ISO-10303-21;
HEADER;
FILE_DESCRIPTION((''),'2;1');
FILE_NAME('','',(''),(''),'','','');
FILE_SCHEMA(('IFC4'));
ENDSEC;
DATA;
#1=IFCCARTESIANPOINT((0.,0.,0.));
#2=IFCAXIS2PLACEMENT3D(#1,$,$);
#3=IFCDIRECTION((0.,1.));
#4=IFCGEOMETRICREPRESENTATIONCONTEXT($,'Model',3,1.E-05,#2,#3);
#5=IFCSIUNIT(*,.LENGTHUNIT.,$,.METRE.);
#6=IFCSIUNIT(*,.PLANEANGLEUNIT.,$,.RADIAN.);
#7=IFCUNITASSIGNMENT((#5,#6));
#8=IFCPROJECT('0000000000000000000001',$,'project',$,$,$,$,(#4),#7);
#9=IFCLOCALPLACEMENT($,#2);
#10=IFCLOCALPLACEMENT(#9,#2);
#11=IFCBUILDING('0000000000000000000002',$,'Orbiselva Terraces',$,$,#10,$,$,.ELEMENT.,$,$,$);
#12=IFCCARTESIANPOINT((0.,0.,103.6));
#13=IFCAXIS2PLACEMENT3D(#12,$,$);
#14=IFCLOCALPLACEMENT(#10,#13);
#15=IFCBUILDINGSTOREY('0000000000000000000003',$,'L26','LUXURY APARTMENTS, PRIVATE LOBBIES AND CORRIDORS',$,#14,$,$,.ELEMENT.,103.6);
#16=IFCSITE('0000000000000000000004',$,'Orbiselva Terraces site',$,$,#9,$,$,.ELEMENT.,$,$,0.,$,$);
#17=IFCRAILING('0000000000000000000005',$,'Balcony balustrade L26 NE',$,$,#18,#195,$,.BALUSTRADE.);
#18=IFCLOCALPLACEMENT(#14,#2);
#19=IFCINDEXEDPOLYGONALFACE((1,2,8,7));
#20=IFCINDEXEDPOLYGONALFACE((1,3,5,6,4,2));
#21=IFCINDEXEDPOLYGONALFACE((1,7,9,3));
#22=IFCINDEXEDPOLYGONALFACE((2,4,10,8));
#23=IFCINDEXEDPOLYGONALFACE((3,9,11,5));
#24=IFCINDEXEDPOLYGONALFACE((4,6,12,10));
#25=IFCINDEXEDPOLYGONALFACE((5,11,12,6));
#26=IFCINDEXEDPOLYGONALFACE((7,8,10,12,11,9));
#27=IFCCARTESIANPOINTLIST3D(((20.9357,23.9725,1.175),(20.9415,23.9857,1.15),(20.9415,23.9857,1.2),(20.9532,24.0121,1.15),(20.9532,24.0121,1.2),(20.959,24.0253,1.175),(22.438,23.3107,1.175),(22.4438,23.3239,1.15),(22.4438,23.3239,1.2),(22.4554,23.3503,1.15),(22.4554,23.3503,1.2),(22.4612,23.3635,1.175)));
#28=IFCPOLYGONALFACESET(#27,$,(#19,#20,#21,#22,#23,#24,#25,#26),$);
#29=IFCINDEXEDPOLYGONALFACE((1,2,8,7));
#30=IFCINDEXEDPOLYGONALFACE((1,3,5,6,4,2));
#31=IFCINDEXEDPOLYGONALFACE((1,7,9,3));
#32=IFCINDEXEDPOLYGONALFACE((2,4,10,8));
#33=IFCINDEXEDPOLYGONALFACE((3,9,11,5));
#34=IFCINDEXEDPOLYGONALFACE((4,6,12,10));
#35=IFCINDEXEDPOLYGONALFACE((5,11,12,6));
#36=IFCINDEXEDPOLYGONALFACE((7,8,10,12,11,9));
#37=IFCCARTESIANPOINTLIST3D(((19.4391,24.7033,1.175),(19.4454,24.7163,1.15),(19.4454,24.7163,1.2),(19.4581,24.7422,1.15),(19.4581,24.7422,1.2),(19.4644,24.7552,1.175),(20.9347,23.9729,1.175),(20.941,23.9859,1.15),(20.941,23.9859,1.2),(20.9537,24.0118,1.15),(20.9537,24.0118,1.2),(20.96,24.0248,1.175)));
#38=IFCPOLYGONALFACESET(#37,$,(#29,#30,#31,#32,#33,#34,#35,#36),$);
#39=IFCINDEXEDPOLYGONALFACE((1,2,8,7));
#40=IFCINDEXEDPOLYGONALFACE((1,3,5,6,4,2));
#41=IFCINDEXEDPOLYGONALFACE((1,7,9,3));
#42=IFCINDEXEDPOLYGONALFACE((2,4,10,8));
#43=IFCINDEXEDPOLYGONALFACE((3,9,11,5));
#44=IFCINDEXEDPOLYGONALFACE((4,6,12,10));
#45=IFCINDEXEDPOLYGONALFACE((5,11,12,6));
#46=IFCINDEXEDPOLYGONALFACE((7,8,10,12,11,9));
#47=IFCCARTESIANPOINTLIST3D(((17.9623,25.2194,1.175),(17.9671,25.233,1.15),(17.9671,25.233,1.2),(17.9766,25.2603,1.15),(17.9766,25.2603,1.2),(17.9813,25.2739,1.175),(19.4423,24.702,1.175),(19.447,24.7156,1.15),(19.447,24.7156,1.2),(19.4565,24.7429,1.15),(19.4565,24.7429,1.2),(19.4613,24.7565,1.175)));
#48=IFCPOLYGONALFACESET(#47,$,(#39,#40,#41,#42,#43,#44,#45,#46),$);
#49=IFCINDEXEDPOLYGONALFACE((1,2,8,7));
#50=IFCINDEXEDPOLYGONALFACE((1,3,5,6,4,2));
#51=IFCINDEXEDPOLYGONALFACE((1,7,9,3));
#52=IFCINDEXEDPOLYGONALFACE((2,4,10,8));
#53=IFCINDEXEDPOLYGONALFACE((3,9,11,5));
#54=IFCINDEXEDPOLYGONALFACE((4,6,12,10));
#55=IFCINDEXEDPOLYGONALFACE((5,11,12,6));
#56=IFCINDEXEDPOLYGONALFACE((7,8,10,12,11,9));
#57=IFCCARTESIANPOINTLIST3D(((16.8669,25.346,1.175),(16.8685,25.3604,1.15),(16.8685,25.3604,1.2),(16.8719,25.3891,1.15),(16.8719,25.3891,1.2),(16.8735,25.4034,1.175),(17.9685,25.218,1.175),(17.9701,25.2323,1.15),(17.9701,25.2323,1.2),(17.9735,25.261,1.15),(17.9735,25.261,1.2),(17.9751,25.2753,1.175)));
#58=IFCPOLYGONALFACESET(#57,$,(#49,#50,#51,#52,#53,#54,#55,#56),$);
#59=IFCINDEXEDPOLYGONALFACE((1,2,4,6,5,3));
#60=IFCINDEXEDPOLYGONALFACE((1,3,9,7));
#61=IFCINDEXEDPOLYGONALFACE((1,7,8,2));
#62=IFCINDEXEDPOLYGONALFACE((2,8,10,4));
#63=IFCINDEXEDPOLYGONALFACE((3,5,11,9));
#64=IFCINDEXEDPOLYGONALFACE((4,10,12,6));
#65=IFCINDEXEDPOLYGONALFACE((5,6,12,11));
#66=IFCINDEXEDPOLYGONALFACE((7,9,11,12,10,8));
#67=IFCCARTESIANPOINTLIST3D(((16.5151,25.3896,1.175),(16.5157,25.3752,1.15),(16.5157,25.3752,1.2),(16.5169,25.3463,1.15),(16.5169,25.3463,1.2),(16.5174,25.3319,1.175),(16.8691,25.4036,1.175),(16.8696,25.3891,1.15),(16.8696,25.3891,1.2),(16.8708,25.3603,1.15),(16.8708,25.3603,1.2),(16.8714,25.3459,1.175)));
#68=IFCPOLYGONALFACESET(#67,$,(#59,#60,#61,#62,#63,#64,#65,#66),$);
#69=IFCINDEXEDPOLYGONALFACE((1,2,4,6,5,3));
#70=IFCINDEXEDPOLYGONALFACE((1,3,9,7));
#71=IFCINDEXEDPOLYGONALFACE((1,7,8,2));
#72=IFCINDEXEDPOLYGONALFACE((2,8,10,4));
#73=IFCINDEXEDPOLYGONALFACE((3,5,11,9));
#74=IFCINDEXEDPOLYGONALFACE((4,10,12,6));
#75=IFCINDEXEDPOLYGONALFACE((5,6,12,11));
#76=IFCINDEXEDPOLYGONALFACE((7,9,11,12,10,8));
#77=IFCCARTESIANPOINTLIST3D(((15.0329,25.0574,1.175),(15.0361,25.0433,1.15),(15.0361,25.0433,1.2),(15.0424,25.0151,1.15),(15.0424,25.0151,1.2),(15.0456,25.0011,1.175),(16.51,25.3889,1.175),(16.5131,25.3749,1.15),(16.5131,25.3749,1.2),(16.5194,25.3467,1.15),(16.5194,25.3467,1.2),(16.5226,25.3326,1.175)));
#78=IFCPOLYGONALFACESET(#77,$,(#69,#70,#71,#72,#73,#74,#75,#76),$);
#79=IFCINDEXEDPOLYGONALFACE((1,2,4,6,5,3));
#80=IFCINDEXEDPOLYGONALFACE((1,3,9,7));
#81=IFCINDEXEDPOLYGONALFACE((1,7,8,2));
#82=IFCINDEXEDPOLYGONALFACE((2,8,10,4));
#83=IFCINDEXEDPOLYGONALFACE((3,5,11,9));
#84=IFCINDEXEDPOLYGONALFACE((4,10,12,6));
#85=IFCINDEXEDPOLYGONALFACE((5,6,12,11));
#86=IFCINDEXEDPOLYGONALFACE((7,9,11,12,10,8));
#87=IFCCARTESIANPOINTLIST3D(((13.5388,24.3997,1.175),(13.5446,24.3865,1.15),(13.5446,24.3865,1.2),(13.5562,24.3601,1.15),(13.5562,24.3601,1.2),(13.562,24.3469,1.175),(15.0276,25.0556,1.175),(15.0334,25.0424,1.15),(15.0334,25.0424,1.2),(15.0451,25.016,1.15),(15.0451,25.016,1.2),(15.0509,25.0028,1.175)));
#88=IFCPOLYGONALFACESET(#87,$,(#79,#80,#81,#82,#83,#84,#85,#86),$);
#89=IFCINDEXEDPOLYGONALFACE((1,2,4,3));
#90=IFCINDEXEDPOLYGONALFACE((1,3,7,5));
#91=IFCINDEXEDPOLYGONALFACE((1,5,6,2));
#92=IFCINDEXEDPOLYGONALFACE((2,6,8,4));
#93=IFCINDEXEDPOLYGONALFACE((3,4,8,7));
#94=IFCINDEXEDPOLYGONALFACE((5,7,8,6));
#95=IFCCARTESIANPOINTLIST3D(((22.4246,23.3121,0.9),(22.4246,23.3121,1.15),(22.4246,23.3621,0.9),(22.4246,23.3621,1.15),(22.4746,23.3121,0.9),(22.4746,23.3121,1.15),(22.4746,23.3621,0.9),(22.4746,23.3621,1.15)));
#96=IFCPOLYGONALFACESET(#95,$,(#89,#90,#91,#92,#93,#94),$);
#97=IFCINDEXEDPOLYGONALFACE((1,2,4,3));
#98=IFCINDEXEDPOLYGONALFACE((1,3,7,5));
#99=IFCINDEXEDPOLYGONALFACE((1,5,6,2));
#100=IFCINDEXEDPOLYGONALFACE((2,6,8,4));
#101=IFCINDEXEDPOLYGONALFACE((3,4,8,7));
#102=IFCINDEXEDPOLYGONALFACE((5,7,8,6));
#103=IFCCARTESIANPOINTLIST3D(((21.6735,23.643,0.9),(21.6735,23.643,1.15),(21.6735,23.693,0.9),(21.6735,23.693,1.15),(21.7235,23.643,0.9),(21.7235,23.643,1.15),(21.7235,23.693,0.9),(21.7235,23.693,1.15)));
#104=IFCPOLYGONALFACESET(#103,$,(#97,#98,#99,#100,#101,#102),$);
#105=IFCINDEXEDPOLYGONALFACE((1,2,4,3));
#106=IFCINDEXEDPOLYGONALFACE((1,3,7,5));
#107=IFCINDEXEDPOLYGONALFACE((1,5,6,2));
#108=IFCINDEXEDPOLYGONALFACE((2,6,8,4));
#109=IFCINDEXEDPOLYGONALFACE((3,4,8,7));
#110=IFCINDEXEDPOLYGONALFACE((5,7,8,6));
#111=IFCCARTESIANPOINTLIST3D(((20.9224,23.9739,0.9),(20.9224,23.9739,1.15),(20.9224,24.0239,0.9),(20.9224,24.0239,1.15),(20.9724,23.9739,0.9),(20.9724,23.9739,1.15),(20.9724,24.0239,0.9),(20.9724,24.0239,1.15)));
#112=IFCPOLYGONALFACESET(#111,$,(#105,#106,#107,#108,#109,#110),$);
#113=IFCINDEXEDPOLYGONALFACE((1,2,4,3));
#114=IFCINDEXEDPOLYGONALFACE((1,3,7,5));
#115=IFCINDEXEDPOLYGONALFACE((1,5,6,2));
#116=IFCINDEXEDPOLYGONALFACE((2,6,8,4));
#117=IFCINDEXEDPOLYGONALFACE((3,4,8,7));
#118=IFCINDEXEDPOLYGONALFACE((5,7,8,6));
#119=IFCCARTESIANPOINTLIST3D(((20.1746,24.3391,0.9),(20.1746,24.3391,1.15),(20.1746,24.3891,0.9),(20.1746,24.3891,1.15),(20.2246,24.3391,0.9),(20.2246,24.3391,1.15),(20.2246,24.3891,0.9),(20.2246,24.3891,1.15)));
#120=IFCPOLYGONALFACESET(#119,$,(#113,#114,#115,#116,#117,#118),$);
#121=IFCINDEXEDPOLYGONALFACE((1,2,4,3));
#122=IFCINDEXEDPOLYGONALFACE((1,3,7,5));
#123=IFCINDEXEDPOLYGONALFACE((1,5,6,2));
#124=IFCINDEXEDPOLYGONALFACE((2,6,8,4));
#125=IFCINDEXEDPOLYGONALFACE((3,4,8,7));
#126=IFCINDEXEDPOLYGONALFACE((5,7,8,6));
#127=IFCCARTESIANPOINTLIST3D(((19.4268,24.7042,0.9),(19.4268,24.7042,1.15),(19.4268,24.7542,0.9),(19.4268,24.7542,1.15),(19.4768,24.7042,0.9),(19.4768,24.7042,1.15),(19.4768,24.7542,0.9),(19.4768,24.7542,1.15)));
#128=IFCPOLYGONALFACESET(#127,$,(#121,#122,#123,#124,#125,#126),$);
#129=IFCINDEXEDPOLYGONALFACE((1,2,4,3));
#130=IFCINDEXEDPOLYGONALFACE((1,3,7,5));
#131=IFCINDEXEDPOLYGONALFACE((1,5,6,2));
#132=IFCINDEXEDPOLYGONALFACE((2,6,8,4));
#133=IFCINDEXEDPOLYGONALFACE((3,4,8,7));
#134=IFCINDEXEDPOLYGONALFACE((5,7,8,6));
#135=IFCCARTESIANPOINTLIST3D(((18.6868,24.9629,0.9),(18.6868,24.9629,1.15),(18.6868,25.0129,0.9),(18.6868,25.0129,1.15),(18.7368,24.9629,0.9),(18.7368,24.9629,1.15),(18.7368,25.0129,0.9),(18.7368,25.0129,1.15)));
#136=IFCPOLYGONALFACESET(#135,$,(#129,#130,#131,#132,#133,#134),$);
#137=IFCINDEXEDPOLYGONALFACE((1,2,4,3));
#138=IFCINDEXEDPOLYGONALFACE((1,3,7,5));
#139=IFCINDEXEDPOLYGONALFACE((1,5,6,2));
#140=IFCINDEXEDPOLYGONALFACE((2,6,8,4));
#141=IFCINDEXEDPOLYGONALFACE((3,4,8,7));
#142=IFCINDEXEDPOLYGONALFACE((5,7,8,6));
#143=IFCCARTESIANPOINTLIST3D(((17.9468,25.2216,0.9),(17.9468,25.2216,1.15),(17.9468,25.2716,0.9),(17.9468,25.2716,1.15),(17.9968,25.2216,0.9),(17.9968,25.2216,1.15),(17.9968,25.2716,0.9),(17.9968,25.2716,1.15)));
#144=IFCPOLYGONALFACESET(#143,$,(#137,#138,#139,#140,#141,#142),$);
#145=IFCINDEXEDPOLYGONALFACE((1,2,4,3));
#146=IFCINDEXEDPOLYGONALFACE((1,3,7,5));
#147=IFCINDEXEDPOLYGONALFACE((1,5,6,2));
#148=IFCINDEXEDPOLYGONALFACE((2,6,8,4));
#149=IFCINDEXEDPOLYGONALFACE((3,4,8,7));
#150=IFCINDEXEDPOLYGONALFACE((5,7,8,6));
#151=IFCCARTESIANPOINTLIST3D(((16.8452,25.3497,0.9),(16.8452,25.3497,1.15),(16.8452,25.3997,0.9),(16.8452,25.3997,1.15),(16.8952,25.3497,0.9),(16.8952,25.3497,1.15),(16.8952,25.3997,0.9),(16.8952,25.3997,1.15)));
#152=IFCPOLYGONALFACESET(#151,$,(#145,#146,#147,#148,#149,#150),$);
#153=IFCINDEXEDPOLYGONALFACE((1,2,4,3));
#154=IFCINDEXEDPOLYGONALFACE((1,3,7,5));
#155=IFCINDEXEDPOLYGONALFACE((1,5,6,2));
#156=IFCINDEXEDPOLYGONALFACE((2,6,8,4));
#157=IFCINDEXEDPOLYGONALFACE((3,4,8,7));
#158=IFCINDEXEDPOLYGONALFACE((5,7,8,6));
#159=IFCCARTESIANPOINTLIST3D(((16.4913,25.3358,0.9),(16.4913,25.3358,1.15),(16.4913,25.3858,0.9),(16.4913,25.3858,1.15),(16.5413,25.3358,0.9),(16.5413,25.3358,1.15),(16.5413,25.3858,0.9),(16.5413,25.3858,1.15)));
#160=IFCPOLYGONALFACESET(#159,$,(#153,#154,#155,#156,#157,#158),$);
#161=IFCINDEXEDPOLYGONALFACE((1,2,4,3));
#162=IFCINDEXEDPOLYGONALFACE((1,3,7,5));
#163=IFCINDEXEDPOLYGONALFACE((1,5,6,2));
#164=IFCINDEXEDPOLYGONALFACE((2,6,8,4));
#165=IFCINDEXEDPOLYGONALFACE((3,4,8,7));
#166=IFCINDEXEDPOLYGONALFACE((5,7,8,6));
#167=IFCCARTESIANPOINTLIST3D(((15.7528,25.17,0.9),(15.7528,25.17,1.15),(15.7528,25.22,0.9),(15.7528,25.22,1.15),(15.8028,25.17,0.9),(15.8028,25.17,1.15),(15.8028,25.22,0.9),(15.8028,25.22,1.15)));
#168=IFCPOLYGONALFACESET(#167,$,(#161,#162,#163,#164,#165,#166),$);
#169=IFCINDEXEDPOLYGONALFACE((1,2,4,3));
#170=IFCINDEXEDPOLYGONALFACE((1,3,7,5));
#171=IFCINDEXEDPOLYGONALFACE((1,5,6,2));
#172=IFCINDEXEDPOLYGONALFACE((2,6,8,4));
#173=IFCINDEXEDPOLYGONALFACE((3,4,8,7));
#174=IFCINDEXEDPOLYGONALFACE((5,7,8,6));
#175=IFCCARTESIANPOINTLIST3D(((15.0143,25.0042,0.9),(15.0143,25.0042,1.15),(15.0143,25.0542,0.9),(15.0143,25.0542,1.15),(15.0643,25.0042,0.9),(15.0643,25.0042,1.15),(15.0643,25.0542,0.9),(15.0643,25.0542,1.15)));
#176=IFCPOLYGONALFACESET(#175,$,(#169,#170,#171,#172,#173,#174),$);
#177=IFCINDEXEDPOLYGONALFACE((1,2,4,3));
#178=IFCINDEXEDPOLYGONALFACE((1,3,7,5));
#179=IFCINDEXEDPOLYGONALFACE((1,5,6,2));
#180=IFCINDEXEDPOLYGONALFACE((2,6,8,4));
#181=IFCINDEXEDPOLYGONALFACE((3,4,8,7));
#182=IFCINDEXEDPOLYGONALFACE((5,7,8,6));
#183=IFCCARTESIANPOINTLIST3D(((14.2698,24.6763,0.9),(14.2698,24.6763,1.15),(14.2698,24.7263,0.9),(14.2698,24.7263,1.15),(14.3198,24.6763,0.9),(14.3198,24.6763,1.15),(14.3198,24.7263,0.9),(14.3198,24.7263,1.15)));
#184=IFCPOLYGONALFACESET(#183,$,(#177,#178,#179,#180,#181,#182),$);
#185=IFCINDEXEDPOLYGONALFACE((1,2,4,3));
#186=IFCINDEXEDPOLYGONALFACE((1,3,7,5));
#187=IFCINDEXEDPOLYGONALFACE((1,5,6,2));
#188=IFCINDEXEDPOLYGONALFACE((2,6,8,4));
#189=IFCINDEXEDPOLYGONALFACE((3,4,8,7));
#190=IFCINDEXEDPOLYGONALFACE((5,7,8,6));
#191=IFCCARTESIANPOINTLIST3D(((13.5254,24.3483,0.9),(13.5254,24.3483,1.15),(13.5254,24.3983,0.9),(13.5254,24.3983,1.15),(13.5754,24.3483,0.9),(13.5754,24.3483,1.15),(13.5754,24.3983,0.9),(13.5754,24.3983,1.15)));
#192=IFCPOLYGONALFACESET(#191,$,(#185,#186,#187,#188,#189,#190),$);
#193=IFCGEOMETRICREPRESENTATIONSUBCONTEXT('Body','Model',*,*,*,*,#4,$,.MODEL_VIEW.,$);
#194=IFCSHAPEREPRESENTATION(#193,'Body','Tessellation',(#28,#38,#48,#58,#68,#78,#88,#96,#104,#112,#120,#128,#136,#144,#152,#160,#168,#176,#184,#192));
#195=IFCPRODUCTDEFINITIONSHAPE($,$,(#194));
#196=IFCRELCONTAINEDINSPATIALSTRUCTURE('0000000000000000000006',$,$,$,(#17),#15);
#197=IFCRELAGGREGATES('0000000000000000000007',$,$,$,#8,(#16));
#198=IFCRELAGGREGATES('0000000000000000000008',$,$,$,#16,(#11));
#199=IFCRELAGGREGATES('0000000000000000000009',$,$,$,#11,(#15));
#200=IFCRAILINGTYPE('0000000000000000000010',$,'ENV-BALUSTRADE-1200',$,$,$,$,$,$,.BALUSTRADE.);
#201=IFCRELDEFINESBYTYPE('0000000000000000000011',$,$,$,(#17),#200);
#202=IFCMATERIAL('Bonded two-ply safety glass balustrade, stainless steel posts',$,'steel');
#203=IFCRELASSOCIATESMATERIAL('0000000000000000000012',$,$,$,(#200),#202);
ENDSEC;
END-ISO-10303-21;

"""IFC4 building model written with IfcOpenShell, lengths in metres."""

from ifc_helpers import new_model, si_unit, direction, frame, origin, origin_2d, place, context, subcontext, project, spatial, polyline, rectangle, outline, extrude, material, type_object, element, save


model = new_model("IFC4")

# Units and contexts
model_context = context("Model", 3, precision=1e-05, world=origin(), true_north=direction((0.0, 1.0)))
body_context = subcontext(model_context, "Body", "Model", "MODEL_VIEW")
ifc_project = project(units=[si_unit("LENGTHUNIT", "METRE"), si_unit("PLANEANGLEUNIT", "RADIAN")], contexts=[model_context])

# Site, building, storey
site_placement = place(None, origin())
site = spatial("IfcSite", under=ifc_project, at=site_placement, Name="Orbiselva Terraces site", CompositionType="ELEMENT", RefElevation=0.0)
building_placement = place(site_placement, origin())
building = spatial("IfcBuilding", under=site, at=building_placement, Name="Orbiselva Terraces", CompositionType="ELEMENT")
storey_placement = place(building_placement, frame((0.0, 0.0, 103.6)))
storey = spatial("IfcBuildingStorey", under=building, at=storey_placement, Name="L26", Description="LUXURY APARTMENTS, PRIVATE LOBBIES AND CORRIDORS", CompositionType="ELEMENT", Elevation=103.6)

# Railing
ifc_material_1 = material(Name="Bonded two-ply safety glass balustrade, stainless steel posts", Category="steel")
railing_type_1 = type_object("IfcRailingType", Name="ENV-BALUSTRADE-1200", PredefinedType="BALUSTRADE", material=ifc_material_1)
railing_1_placement = place(storey_placement, frame((22.4496, 23.3371, 0.9)))
element("IfcRailing", 1, at=railing_1_placement, inside=storey, type_object=railing_type_1, Name="Balcony balustrade L26 NE", PredefinedType="BALUSTRADE", context=body_context, shape_type="SweptSolid", body=[
    extrude(outline(polyline([(0.0289, 0.0), (0.0144, 0.025), (-0.0144, 0.025), (-0.0289, 0.0), (-0.0144, -0.025), (0.0144, -0.025), (0.0289, 0.0)])), frame((0.0, 0.0, 0.275), z_axis=(-0.915133, 0.403151, 0.0), x_axis=(-0.403151, -0.915133, 0.0)), (0.0, 0.0, 1.0), 1.6416),
    extrude(outline(polyline([(0.0289, 0.0), (0.0144, 0.025), (-0.0144, 0.025), (-0.0289, 0.0), (-0.0144, -0.025), (0.0144, -0.025), (0.0289, 0.0)])), frame((-1.5022, 0.6618, 0.275), z_axis=(-0.898579, 0.438812, 0.0), x_axis=(-0.438812, -0.898579, 0.0)), (0.0, 0.0, 1.0), 1.6644),
    extrude(outline(polyline([(0.0289, 0.0), (0.0144, 0.025), (-0.0144, 0.025), (-0.0289, 0.0), (-0.0144, -0.025), (0.0144, -0.025), (0.0289, 0.0)])), frame((-2.9978, 1.3921, 0.275), z_axis=(-0.943972, 0.330025, 0.0), x_axis=(-0.330025, -0.943972, 0.0)), (0.0, 0.0, 1.0), 1.5678),
    extrude(outline(polyline([(0.0289, 0.0), (0.0144, 0.025), (-0.0144, 0.025), (-0.0289, 0.0), (-0.0144, -0.025), (0.0144, -0.025), (0.0289, 0.0)])), frame((-4.4778, 1.9096, 0.275), z_axis=(-0.99331, 0.115481, 0.0), x_axis=(-0.115481, -0.99331, 0.0)), (0.0, 0.0, 1.0), 1.109),
    extrude(outline(polyline([(0.0289, 0.0), (0.0144, 0.025), (-0.0144, 0.025), (-0.0289, 0.0), (-0.0144, -0.025), (0.0144, -0.025), (0.0289, 0.0)])), frame((-5.5794, 2.0376, 0.275), z_axis=(-0.999225, -0.039364, 0.0), x_axis=(0.039364, -0.999225, 0.0)), (0.0, 0.0, 1.0), 0.3542),
    extrude(outline(polyline([(0.0289, 0.0), (0.0144, 0.025), (-0.0144, 0.025), (-0.0289, 0.0), (-0.0144, -0.025), (0.0144, -0.025), (0.0289, 0.0)])), frame((-5.9333, 2.0237, 0.275), z_axis=(-0.975721, -0.219016, 0.0), x_axis=(0.219016, -0.975721, 0.0)), (0.0, 0.0, 1.0), 1.5138),
    extrude(outline(polyline([(0.0289, 0.0), (0.0144, 0.025), (-0.0144, 0.025), (-0.0289, 0.0), (-0.0144, -0.025), (0.0144, -0.025), (0.0289, 0.0)])), frame((-7.4104, 1.6921, 0.275), z_axis=(-0.915133, -0.403151, 0.0), x_axis=(0.403151, -0.915133, 0.0)), (0.0, 0.0, 1.0), 1.6269),
    extrude(rectangle(XDim=0.05, YDim=0.05, at=origin_2d()), origin(), (0.0, 0.0, 1.0), 0.25),
    extrude(rectangle(XDim=0.05, YDim=0.05, at=origin_2d()), frame((-0.7511, 0.3309, 0.0)), (0.0, 0.0, 1.0), 0.25),
    extrude(rectangle(XDim=0.05, YDim=0.05, at=origin_2d()), frame((-1.5022, 0.6618, 0.0)), (0.0, 0.0, 1.0), 0.25),
    extrude(rectangle(XDim=0.05, YDim=0.05, at=origin_2d()), frame((-2.25, 1.027, 0.0)), (0.0, 0.0, 1.0), 0.25),
    extrude(rectangle(XDim=0.05, YDim=0.05, at=origin_2d()), frame((-2.9978, 1.3921, 0.0)), (0.0, 0.0, 1.0), 0.25),
    extrude(rectangle(XDim=0.05, YDim=0.05, at=origin_2d()), frame((-3.7378, 1.6509, 0.0)), (0.0, 0.0, 1.0), 0.25),
    extrude(rectangle(XDim=0.05, YDim=0.05, at=origin_2d()), frame((-4.4778, 1.9096, 0.0)), (0.0, 0.0, 1.0), 0.25),
    extrude(rectangle(XDim=0.05, YDim=0.05, at=origin_2d()), frame((-5.5794, 2.0376, 0.0)), (0.0, 0.0, 1.0), 0.25),
    extrude(rectangle(XDim=0.05, YDim=0.05, at=origin_2d()), frame((-5.9333, 2.0237, 0.0)), (0.0, 0.0, 1.0), 0.25),
    extrude(rectangle(XDim=0.05, YDim=0.05, at=origin_2d()), frame((-6.6718, 1.8579, 0.0)), (0.0, 0.0, 1.0), 0.25),
    extrude(rectangle(XDim=0.05, YDim=0.05, at=origin_2d()), frame((-7.4104, 1.6921, 0.0)), (0.0, 0.0, 1.0), 0.25),
    extrude(rectangle(XDim=0.05, YDim=0.05, at=origin_2d()), frame((-8.1548, 1.3642, 0.0)), (0.0, 0.0, 1.0), 0.25),
    extrude(rectangle(XDim=0.05, YDim=0.05, at=origin_2d()), frame((-8.8992, 1.0362, 0.0)), (0.0, 0.0, 1.0), 0.25),
])

save(model, "model.ifc")
